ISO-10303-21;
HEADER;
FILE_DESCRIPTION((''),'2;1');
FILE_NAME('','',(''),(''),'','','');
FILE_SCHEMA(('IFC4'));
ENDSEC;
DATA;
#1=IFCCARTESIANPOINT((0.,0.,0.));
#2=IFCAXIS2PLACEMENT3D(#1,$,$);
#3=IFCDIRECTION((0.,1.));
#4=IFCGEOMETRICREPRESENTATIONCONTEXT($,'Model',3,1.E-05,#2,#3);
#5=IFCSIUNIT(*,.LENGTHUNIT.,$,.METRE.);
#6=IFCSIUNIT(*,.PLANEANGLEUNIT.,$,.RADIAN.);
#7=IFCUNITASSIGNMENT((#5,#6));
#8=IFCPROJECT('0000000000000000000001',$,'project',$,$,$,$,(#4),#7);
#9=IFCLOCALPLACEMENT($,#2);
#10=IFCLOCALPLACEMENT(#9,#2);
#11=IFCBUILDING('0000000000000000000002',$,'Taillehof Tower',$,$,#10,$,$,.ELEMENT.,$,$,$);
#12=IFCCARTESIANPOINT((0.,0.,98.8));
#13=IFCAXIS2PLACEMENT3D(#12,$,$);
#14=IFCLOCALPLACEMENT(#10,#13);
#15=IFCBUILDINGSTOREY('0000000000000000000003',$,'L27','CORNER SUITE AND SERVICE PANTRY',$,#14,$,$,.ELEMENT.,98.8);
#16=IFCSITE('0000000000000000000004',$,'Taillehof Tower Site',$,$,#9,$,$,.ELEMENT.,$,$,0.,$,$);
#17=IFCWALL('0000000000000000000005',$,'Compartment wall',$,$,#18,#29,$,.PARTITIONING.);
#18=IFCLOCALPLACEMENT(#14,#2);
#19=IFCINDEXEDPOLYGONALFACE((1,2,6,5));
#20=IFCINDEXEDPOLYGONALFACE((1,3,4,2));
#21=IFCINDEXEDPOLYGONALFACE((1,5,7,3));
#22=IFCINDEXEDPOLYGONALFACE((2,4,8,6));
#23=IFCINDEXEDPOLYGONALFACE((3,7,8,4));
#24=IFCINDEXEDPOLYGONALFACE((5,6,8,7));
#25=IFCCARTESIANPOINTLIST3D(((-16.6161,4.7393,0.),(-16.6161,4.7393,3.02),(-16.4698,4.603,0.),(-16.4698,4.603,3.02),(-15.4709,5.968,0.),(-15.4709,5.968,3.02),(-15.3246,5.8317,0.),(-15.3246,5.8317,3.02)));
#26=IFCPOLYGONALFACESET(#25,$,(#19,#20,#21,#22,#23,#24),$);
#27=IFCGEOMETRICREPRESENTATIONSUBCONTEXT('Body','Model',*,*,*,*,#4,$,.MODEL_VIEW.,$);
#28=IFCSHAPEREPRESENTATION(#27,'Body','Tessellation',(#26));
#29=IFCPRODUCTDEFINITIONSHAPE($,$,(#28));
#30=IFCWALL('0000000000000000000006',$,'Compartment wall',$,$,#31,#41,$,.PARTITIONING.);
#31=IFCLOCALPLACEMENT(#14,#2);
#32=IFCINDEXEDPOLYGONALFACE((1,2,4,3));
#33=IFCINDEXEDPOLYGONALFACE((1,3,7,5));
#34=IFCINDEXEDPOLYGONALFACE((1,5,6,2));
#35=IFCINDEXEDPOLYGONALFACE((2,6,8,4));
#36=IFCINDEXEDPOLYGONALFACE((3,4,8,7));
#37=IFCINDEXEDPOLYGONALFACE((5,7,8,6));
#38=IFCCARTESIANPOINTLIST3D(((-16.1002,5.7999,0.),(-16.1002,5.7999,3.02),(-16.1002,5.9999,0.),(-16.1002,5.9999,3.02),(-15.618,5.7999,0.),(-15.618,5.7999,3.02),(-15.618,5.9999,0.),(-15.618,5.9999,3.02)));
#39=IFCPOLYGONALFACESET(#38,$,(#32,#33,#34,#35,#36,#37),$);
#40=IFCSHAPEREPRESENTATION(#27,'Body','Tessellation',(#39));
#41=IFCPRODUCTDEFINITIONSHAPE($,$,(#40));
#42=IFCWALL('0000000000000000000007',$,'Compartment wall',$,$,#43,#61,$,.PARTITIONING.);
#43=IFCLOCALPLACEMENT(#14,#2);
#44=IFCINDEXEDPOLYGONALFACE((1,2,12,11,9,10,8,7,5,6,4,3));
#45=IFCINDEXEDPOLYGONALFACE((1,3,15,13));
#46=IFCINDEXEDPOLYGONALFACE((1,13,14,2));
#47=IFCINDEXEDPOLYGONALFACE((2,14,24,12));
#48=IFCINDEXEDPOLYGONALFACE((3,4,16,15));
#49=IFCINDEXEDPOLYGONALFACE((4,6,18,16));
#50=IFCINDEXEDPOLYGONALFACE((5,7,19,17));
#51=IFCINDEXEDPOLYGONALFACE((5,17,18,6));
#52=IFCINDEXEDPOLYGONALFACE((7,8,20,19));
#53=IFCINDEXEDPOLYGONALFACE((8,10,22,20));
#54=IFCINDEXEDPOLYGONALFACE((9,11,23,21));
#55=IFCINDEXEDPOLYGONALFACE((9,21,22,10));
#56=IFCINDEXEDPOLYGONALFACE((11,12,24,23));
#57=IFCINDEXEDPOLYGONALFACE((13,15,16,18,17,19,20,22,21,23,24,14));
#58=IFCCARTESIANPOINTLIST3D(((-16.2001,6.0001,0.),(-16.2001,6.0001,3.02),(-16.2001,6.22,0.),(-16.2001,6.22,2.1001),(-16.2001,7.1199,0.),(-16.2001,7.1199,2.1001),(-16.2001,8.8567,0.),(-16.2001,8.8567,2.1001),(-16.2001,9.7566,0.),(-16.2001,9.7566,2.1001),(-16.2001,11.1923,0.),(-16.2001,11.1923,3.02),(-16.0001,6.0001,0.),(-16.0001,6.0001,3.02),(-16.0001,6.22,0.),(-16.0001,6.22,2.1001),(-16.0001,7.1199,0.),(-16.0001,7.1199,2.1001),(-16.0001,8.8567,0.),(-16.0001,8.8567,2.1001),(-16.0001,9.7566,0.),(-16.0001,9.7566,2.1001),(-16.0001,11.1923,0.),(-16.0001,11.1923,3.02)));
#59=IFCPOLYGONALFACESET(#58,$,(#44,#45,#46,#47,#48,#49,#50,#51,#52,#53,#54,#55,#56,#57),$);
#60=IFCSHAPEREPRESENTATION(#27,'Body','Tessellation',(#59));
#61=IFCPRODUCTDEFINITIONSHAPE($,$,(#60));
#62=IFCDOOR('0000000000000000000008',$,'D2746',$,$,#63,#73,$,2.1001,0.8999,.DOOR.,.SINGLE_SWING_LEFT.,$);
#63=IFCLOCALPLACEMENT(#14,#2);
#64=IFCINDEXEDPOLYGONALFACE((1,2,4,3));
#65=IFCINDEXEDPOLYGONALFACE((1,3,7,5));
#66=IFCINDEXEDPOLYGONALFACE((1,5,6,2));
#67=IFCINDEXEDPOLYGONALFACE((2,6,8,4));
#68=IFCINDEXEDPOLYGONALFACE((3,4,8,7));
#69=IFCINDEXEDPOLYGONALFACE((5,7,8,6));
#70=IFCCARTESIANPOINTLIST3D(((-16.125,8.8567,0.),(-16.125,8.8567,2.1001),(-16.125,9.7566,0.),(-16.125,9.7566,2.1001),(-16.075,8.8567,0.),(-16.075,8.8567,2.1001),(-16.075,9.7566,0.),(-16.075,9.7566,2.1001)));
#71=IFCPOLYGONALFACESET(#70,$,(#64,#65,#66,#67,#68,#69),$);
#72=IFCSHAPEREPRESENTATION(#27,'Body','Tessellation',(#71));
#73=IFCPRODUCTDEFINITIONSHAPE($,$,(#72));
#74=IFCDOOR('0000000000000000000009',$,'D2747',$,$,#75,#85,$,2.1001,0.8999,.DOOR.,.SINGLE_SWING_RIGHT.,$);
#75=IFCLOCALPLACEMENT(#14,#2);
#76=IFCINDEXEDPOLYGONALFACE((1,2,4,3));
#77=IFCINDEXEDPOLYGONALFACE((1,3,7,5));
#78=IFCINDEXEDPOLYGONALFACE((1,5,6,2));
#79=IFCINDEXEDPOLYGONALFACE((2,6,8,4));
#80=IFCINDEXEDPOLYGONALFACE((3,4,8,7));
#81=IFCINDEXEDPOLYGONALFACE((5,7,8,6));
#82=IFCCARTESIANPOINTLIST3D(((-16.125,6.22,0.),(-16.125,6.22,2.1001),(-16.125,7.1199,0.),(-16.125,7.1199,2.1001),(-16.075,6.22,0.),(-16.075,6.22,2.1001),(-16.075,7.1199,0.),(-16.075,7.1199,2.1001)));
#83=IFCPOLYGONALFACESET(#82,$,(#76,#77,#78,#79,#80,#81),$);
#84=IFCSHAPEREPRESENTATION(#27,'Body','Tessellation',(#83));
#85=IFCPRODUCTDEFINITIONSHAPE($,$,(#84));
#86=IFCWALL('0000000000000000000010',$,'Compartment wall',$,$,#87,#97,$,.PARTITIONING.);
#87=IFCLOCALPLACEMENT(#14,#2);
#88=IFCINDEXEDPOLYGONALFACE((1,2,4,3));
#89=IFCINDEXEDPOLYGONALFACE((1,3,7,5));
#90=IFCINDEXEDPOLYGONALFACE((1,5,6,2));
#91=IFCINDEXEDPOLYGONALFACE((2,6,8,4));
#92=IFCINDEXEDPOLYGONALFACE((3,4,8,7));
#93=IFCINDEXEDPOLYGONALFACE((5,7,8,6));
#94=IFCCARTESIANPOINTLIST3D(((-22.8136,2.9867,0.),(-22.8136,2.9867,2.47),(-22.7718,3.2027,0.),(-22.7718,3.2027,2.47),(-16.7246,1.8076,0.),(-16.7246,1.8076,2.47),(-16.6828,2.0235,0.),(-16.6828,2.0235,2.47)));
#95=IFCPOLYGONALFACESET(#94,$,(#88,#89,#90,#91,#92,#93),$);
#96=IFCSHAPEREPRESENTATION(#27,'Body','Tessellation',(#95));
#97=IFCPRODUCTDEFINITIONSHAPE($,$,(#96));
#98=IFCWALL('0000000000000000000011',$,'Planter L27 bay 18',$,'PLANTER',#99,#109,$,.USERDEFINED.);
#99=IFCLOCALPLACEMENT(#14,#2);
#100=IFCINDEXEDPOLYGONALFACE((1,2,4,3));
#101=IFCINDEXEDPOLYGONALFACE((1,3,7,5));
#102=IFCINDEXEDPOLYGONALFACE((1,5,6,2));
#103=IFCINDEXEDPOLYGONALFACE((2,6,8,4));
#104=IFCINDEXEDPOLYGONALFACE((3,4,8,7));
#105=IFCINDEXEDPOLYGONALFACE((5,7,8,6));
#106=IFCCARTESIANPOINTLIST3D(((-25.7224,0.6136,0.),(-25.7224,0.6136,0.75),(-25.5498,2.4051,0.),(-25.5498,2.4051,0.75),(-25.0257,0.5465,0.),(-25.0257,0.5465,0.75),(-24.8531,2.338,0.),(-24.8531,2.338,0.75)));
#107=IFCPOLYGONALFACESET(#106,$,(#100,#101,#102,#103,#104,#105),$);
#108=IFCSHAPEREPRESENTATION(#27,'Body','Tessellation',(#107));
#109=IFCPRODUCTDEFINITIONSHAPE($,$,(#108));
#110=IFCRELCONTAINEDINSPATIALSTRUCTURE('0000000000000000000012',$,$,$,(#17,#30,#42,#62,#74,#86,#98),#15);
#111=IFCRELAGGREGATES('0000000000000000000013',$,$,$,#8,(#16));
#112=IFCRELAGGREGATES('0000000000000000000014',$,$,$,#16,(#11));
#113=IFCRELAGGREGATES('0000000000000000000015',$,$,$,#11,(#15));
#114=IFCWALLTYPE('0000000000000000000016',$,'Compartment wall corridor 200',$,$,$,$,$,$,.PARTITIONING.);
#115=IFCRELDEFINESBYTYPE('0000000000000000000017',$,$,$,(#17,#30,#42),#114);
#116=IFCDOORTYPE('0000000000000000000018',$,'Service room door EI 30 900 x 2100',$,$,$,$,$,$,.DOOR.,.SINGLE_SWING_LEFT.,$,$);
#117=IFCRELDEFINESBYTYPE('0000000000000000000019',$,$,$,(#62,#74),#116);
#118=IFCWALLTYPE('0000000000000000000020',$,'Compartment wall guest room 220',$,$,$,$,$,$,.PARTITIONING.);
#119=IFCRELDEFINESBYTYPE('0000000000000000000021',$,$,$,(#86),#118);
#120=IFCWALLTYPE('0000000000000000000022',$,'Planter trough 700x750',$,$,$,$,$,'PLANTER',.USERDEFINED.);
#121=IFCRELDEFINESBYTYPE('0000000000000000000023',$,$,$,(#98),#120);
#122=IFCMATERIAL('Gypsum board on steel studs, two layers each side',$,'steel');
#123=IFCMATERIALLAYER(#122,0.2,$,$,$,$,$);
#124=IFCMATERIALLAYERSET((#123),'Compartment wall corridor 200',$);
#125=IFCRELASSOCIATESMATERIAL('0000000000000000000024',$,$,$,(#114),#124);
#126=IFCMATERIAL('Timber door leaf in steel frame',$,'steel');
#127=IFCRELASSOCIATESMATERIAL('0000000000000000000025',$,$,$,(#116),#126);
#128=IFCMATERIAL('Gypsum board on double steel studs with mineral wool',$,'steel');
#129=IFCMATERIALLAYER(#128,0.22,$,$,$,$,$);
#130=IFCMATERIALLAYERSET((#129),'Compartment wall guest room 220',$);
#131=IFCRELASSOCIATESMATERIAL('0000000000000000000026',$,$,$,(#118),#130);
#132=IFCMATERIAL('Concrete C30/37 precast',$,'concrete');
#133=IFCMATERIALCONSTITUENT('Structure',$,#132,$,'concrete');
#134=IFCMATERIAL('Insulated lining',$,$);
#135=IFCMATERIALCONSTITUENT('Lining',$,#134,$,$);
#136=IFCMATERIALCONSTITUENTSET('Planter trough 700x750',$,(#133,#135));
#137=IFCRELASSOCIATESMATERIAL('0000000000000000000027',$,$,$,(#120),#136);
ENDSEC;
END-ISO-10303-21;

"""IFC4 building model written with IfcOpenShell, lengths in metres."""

from ifc_helpers import new_model, si_unit, direction, frame, frame_2d, origin, place, context, subcontext, project, spatial, rectangle, extrude, material, layer, layer_set, constituent, constituent_set, type_object, element, fill, save


model = new_model("IFC4")

# Units and contexts
model_context = context("Model", 3, precision=1e-05, world=origin(), true_north=direction((0.0, 1.0)))
body_context = subcontext(model_context, "Body", "Model", "MODEL_VIEW")
ifc_project = project(units=[si_unit("LENGTHUNIT", "METRE"), si_unit("PLANEANGLEUNIT", "RADIAN")], contexts=[model_context])

# Site, building, storey
site_placement = place(None, origin())
site = spatial("IfcSite", under=ifc_project, at=site_placement, Name="Taillehof Tower Site", CompositionType="ELEMENT", RefElevation=0.0)
building_placement = place(site_placement, origin())
building = spatial("IfcBuilding", under=site, at=building_placement, Name="Taillehof Tower", CompositionType="ELEMENT")
storey_placement = place(building_placement, frame((0.0, 0.0, 98.8)))
storey = spatial("IfcBuildingStorey", under=building, at=storey_placement, Name="L27", Description="CORNER SUITE AND SERVICE PANTRY", CompositionType="ELEMENT", Elevation=98.8)

# Walls
ifc_material_1 = material(Name="Gypsum board on steel studs, two layers each side", Category="steel")
ifc_layer_1 = layer(ifc_material_1, 0.2)
ifc_layer_set_1 = layer_set([ifc_layer_1], Name="Compartment wall corridor 200")
wall_type_1 = type_object("IfcWallType", Name="Compartment wall corridor 200", PredefinedType="PARTITIONING", material=ifc_layer_set_1)
wall_1_placement = place(storey_placement, frame((-16.543, 4.6711, 0.0), z_axis=(0.0, 0.0, 1.0), x_axis=(0.681816, 0.731524, 0.0)))
element("IfcWall", 1, at=wall_1_placement, inside=storey, type_object=wall_type_1, Name="Compartment wall", PredefinedType="PARTITIONING", context=body_context, shape_type="SweptSolid", body=[
    extrude(rectangle(XDim=1.6797, YDim=0.2, at=frame_2d((0.8398, 0.0))), origin(), (0.0, 0.0, 1.0), 3.02),
])
wall_2_placement = place(storey_placement, frame((-15.6179, 5.8999, 0.0), z_axis=(0.0, 0.0, 1.0), x_axis=(-1.0, 0.0, 0.0)))
element("IfcWall", 2, at=wall_2_placement, inside=storey, type_object=wall_type_1, Name="Compartment wall", PredefinedType="PARTITIONING", context=body_context, shape_type="SweptSolid", body=[
    extrude(rectangle(XDim=0.4822, YDim=0.2, at=frame_2d((0.2412, 0.0))), origin(), (0.0, 0.0, 1.0), 3.02),
])

# Wall, openings, doors
wall_3_placement = place(storey_placement, frame((-16.1001, 6.0, 0.0), z_axis=(0.0, 0.0, 1.0), x_axis=(0.0, 1.0, 0.0)))
wall_3 = element("IfcWall", 3, at=wall_3_placement, inside=storey, type_object=wall_type_1, Name="Compartment wall", PredefinedType="PARTITIONING", context=body_context, shape_type="SweptSolid", body=[
    extrude(rectangle(XDim=5.1921, YDim=0.2, at=frame_2d((2.5962, 0.0))), origin(), (0.0, 0.0, 1.0), 3.02),
])
opening_1_placement = place(wall_3_placement, frame((2.8567, 0.0, 0.0)))
opening_1 = element("IfcOpeningElement", 4, at=opening_1_placement, cuts=wall_3, PredefinedType="OPENING", context=body_context, shape_type="SweptSolid", body=[
    extrude(rectangle(XDim=0.8999, YDim=2.1001, at=frame_2d((0.45, 1.05))), frame((0.0, 0.1099, 0.0), z_axis=(0.0, -1.0, 0.0), x_axis=(1.0, 0.0, 0.0)), (0.0, 0.0, 1.0), 0.22),
])
opening_2_placement = place(wall_3_placement, frame((0.22, 0.0, 0.0)))
opening_2 = element("IfcOpeningElement", 5, at=opening_2_placement, cuts=wall_3, PredefinedType="OPENING", context=body_context, shape_type="SweptSolid", body=[
    extrude(rectangle(XDim=0.8999, YDim=2.1001, at=frame_2d((0.45, 1.05))), frame((0.0, 0.1099, 0.0), z_axis=(0.0, -1.0, 0.0), x_axis=(1.0, 0.0, 0.0)), (0.0, 0.0, 1.0), 0.22),
])
ifc_material_2 = material(Name="Timber door leaf in steel frame", Category="steel")
door_type_1 = type_object("IfcDoorType", Name="Service room door EI 30 900 x 2100", OperationType="SINGLE_SWING_LEFT", PredefinedType="DOOR", material=ifc_material_2)
door_1_placement = place(opening_1_placement, origin())
door_1 = element("IfcDoor", 6, at=door_1_placement, inside=storey, type_object=door_type_1, Name="D2746", OperationType="SINGLE_SWING_LEFT", OverallHeight=2.1001, OverallWidth=0.8999, PredefinedType="DOOR", context=body_context, shape_type="SweptSolid", body=[
    extrude(rectangle(XDim=0.8999, YDim=2.1001, at=frame_2d((0.45, 1.05))), frame((0.0, 0.0249, 0.0), z_axis=(0.0, -1.0, 0.0), x_axis=(1.0, 0.0, 0.0)), (0.0, 0.0, 1.0), 0.05),
])
fill(opening_1, door_1)
door_2_placement = place(opening_2_placement, origin())
door_2 = element("IfcDoor", 7, at=door_2_placement, inside=storey, type_object=door_type_1, Name="D2747", OperationType="SINGLE_SWING_RIGHT", OverallHeight=2.1001, OverallWidth=0.8999, PredefinedType="DOOR", context=body_context, shape_type="SweptSolid", body=[
    extrude(rectangle(XDim=0.8999, YDim=2.1001, at=frame_2d((0.45, 1.05))), frame((0.0, 0.0249, 0.0), z_axis=(0.0, -1.0, 0.0), x_axis=(1.0, 0.0, 0.0)), (0.0, 0.0, 1.0), 0.05),
])
fill(opening_2, door_2)

# Walls
ifc_material_3 = material(Name="Gypsum board on double steel studs with mineral wool", Category="steel")
ifc_layer_2 = layer(ifc_material_3, 0.22)
ifc_layer_set_2 = layer_set([ifc_layer_2], Name="Compartment wall guest room 220")
wall_type_2 = type_object("IfcWallType", Name="Compartment wall guest room 220", PredefinedType="PARTITIONING", material=ifc_layer_set_2)
wall_4_placement = place(storey_placement, frame((-22.7927, 3.0947, 0.0), z_axis=(0.0, 0.0, 1.0), x_axis=(0.98176, -0.190125, 0.0)))
element("IfcWall", 8, at=wall_4_placement, inside=storey, type_object=wall_type_2, Name="Compartment wall", PredefinedType="PARTITIONING", context=body_context, shape_type="SweptSolid", body=[
    extrude(rectangle(XDim=6.2021, YDim=0.22, at=frame_2d((3.1011, 0.0))), origin(), (0.0, 0.0, 1.0), 2.47),
])
ifc_material_4 = material(Name="Concrete C30/37 precast", Category="concrete")
ifc_constituent_1 = constituent(ifc_material_4, Name="Structure", Category="concrete")
ifc_material_5 = material(Name="Insulated lining")
ifc_constituent_2 = constituent(ifc_material_5, Name="Lining")
ifc_constituent_set = constituent_set(constituents=[ifc_constituent_1, ifc_constituent_2], Name="Planter trough 700x750")
wall_type_3 = type_object("IfcWallType", Name="Planter trough 700x750", ElementType="PLANTER", PredefinedType="USERDEFINED", material=ifc_constituent_set)
wall_5_placement = place(storey_placement, frame((-25.2014, 2.3716, 0.0), z_axis=(0.0, 0.0, 1.0), x_axis=(-0.095904, -0.995391, 0.0)))
element("IfcWall", 9, at=wall_5_placement, inside=storey, type_object=wall_type_3, Name="Planter L27 bay 18", ObjectType="PLANTER", PredefinedType="USERDEFINED", context=body_context, shape_type="SweptSolid", body=[
    extrude(rectangle(XDim=1.7998, YDim=0.7, at=frame_2d((0.8999, 0.0))), origin(), (0.0, 0.0, 1.0), 0.75),
])

save(model, "model.ifc")
